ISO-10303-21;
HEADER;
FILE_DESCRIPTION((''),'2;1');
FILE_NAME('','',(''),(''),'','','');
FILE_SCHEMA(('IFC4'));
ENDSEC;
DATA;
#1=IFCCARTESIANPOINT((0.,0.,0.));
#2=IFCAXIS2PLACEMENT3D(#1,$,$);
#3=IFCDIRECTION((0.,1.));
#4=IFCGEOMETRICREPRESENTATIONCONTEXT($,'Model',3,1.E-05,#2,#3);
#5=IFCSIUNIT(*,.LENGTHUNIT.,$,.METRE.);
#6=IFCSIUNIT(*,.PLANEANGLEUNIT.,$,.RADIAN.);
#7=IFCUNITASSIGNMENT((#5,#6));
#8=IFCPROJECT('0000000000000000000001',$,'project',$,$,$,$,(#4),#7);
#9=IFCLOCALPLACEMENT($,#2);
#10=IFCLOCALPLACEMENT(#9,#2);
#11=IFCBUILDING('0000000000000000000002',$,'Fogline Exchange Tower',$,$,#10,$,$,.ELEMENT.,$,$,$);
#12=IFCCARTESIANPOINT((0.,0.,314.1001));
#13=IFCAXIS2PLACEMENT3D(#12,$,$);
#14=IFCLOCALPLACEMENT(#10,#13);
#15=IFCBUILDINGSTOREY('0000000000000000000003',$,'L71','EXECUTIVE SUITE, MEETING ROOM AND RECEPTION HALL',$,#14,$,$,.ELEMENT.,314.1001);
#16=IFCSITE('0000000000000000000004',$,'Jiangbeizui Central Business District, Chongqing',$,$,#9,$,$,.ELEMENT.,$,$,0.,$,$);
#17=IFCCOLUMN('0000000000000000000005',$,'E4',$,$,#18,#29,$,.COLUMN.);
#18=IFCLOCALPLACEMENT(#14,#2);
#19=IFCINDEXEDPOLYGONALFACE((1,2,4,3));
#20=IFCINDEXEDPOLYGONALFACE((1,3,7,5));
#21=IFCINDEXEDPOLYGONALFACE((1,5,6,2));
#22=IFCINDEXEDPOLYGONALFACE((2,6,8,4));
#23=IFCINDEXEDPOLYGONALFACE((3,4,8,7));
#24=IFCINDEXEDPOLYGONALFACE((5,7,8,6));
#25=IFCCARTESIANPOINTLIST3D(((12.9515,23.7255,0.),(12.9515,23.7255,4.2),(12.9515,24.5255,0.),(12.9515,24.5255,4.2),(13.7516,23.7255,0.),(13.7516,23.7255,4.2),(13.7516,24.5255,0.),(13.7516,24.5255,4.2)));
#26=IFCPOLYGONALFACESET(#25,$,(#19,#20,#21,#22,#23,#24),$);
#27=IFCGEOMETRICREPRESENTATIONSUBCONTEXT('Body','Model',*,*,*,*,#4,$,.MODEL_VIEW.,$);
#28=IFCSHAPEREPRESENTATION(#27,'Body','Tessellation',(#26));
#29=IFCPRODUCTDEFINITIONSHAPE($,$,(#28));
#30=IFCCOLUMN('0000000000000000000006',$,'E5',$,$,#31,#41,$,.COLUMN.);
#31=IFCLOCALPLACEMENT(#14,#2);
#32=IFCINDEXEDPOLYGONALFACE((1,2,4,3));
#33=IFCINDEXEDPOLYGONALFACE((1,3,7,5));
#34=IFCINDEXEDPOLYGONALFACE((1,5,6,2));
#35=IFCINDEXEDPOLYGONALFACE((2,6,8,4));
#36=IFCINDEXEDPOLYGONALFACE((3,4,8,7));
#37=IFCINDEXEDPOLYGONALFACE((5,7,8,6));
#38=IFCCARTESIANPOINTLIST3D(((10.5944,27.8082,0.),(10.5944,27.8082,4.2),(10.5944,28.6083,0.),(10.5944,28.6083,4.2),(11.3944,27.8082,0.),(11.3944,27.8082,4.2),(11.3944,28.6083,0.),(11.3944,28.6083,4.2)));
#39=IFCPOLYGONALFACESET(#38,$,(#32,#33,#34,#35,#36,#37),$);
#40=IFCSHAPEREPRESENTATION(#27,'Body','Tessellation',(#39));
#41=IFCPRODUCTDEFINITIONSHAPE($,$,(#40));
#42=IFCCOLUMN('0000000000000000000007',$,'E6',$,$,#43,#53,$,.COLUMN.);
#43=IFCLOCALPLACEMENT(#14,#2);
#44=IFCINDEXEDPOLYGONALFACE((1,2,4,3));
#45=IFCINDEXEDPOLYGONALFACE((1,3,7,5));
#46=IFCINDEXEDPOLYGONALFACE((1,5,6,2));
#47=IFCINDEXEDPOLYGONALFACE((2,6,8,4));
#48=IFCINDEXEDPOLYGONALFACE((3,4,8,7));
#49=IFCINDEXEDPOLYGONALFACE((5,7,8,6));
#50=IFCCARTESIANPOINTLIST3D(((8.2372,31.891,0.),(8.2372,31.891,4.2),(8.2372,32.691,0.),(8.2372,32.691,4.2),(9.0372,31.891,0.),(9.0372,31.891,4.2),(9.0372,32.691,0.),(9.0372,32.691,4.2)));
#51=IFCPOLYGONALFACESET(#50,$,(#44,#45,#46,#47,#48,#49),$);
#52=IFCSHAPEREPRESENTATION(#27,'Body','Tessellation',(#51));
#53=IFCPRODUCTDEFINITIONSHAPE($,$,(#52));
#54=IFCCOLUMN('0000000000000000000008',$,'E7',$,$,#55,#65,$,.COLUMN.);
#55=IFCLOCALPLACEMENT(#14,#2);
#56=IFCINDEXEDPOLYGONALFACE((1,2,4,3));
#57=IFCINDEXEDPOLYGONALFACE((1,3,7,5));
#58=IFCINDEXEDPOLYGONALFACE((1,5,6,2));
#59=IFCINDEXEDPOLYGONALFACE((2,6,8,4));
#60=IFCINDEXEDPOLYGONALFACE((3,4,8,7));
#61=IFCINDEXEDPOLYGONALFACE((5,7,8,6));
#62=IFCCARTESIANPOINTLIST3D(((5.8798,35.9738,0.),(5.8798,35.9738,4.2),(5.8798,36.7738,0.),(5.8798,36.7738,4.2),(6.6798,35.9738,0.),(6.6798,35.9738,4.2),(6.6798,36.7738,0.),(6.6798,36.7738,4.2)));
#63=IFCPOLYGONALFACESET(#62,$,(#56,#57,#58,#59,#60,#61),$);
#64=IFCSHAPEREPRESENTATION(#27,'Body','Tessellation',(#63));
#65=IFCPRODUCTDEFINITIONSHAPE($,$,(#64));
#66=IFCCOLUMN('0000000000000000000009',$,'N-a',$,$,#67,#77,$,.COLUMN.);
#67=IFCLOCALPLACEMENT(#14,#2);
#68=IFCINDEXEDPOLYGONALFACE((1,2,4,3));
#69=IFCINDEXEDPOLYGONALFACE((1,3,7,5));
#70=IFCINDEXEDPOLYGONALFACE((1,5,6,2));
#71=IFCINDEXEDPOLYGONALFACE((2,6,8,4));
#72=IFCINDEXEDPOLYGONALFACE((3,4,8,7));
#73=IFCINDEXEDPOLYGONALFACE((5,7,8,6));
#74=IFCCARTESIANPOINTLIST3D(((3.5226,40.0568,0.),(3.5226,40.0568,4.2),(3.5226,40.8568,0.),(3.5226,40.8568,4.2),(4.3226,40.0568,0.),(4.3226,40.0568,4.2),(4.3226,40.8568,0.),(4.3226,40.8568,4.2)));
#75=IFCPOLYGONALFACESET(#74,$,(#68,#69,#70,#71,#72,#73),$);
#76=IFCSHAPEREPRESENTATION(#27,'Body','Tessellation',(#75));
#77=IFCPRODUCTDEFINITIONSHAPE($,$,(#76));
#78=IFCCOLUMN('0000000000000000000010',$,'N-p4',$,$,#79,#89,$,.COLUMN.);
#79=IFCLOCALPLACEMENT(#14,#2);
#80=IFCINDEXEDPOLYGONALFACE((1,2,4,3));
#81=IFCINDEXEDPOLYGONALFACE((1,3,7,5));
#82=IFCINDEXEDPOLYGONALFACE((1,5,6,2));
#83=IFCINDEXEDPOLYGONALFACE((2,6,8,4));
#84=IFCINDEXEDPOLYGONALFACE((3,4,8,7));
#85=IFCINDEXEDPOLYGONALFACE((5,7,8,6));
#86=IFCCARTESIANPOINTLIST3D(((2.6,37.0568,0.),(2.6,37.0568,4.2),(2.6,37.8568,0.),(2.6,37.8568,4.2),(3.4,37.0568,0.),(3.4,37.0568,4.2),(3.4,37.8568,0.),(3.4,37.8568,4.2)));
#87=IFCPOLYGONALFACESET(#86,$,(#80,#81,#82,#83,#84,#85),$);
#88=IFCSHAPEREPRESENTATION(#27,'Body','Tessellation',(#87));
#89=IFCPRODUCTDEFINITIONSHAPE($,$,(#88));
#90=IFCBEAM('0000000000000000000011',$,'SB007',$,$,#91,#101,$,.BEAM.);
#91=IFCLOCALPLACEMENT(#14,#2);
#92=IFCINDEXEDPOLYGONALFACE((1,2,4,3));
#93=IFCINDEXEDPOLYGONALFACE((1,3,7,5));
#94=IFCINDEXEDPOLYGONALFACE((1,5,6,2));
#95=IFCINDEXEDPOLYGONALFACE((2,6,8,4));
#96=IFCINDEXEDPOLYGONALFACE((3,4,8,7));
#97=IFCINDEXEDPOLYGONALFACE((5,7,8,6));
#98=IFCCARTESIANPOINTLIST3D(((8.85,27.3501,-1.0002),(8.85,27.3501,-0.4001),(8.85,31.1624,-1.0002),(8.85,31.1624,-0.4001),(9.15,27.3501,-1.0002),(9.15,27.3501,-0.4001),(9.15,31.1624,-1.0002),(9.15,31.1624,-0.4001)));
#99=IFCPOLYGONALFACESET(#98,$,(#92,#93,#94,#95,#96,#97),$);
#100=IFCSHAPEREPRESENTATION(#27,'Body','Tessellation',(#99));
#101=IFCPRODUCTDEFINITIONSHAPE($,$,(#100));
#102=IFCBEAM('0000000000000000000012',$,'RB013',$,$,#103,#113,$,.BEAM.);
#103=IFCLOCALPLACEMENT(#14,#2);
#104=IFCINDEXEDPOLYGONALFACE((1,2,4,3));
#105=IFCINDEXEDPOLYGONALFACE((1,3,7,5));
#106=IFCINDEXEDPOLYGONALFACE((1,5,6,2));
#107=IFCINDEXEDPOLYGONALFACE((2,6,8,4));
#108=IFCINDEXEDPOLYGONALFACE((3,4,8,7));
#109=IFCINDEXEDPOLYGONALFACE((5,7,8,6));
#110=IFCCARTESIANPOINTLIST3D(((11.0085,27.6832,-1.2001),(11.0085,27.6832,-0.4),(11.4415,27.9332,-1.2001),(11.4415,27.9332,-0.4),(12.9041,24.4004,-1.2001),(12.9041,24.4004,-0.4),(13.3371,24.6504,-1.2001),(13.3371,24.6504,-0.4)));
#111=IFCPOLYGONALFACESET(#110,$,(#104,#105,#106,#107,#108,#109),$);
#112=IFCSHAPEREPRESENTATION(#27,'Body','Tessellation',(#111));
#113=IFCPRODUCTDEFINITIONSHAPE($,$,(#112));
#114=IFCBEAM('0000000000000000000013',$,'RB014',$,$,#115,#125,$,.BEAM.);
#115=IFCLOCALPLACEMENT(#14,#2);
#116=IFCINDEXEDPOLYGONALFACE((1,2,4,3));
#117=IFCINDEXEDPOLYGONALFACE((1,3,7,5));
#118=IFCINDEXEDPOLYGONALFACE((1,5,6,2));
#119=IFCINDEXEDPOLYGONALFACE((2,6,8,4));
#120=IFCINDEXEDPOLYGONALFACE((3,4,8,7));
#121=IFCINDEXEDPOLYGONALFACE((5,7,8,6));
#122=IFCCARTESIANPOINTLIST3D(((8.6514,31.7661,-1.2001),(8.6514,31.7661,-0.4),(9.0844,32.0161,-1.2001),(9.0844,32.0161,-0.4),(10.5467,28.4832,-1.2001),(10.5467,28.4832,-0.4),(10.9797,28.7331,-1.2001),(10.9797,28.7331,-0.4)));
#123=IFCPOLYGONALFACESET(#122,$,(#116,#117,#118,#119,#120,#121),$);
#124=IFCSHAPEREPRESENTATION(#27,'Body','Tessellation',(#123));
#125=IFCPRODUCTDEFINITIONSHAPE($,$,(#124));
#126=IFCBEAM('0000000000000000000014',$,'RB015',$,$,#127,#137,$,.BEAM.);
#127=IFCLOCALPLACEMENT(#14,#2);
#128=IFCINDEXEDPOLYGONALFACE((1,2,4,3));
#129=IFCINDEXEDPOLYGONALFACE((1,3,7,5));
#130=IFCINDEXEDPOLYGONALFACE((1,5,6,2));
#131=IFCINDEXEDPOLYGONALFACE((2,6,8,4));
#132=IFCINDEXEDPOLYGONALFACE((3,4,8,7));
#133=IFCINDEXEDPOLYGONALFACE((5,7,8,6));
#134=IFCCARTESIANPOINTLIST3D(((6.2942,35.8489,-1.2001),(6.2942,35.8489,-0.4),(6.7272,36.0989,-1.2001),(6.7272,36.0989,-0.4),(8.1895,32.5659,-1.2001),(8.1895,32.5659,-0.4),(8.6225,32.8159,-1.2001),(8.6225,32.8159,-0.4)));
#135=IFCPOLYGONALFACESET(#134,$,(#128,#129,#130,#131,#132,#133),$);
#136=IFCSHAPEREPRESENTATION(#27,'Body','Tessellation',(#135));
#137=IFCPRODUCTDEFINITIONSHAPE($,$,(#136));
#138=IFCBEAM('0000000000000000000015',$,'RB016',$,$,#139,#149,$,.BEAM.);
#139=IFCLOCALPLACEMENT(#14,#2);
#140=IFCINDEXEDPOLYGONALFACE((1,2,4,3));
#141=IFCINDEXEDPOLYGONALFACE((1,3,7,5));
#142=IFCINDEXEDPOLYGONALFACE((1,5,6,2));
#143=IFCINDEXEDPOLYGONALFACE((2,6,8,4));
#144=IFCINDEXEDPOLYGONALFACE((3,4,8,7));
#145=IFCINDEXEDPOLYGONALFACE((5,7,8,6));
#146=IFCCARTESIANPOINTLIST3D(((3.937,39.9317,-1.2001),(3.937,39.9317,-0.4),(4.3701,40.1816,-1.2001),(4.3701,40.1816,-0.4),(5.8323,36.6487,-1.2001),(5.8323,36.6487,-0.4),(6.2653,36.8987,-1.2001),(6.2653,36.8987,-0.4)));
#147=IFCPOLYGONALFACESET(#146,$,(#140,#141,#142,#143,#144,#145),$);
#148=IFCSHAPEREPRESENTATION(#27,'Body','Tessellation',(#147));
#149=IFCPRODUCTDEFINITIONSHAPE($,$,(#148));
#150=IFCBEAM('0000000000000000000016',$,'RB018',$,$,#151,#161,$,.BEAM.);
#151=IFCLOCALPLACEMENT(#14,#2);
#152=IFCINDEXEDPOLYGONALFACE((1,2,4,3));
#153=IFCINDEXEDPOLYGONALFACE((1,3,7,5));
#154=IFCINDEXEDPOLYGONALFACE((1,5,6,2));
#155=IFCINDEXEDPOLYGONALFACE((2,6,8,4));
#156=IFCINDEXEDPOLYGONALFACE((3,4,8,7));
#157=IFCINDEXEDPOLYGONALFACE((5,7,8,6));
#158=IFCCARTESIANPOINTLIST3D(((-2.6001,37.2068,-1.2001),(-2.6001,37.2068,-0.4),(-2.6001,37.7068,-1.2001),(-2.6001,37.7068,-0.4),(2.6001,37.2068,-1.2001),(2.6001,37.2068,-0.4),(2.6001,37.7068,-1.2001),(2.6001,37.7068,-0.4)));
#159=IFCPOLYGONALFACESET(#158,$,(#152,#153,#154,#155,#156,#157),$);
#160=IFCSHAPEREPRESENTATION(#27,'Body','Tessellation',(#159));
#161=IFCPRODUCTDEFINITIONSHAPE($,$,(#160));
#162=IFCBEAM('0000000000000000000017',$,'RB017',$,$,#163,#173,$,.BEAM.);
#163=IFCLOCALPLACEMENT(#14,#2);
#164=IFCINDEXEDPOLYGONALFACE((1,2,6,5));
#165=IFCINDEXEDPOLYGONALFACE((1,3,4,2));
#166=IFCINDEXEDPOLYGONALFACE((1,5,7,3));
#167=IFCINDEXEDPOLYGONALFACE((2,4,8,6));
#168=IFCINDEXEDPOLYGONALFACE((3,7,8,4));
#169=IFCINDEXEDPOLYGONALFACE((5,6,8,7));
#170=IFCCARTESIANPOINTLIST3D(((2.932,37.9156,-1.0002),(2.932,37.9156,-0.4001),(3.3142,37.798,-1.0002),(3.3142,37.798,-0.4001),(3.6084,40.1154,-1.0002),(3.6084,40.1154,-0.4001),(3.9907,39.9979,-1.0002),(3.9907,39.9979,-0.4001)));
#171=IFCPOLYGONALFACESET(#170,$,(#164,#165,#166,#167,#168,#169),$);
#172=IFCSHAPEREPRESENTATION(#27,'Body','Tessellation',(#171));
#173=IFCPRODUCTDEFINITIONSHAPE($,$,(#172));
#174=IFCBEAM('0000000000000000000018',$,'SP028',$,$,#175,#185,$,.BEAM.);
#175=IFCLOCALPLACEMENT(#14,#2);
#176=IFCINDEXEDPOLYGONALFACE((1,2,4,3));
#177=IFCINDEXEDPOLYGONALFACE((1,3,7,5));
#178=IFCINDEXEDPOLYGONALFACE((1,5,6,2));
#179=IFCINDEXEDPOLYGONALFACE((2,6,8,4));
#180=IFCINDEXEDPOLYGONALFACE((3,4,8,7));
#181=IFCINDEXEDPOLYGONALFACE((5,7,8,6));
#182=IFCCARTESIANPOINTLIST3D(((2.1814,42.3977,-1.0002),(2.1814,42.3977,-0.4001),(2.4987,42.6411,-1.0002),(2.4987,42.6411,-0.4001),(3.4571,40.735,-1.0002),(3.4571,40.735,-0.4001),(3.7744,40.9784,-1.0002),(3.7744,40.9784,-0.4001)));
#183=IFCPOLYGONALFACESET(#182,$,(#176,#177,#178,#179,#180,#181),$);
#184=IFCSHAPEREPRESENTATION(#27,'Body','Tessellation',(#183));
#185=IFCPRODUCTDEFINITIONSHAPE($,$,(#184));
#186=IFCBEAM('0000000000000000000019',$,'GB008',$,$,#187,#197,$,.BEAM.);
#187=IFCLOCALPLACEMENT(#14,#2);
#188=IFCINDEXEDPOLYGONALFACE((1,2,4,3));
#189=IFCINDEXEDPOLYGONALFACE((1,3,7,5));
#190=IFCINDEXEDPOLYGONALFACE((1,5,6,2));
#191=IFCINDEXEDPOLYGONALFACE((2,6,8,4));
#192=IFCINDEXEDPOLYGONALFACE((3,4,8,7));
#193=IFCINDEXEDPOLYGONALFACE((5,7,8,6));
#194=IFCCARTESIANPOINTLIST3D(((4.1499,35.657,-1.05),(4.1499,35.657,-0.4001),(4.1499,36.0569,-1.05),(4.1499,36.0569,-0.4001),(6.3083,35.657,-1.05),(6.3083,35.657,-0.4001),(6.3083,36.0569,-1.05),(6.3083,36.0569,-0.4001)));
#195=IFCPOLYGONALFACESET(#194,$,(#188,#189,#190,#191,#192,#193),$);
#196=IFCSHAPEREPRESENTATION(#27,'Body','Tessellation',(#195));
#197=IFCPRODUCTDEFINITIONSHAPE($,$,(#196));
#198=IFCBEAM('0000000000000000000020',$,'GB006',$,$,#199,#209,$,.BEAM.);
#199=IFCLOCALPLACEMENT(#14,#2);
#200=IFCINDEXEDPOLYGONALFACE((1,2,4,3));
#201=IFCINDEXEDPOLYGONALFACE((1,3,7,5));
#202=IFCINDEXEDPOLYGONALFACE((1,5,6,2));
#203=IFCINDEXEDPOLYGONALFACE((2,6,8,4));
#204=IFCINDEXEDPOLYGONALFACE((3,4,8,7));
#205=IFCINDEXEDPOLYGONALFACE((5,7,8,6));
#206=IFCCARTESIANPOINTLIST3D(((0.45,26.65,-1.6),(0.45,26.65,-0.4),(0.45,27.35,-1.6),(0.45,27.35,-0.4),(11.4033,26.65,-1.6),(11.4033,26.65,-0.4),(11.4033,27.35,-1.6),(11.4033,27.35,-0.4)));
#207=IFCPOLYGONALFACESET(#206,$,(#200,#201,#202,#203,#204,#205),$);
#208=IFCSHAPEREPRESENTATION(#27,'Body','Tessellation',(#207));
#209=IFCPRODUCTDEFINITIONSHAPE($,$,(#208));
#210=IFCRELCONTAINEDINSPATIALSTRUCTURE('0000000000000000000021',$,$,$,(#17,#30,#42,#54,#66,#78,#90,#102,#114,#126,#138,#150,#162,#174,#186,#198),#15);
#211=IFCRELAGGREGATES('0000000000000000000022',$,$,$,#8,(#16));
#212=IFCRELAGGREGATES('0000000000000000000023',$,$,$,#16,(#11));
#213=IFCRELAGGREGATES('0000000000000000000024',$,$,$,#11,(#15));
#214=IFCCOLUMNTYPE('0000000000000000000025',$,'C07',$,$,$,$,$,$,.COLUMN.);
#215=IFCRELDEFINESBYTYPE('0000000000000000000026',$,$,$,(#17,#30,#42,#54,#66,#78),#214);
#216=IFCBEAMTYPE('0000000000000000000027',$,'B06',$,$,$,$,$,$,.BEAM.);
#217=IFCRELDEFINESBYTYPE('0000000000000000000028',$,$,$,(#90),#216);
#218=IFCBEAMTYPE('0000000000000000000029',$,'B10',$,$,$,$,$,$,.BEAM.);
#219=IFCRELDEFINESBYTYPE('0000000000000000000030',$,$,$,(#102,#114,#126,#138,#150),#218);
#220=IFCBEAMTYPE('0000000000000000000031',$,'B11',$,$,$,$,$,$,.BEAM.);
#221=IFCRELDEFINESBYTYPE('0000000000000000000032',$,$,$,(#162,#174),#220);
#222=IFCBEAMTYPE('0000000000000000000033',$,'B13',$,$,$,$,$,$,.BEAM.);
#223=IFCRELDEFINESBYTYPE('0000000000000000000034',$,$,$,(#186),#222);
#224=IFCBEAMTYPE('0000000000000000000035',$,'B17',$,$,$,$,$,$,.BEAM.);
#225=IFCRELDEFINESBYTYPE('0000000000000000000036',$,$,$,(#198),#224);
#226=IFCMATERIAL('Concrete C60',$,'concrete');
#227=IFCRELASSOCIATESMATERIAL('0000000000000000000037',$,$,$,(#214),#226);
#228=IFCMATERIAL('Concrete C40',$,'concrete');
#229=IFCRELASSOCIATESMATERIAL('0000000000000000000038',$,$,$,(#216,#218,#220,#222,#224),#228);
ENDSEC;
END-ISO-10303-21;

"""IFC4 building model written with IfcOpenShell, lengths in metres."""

from ifc_helpers import new_model, si_unit, direction, frame, origin, origin_2d, place, context, subcontext, project, spatial, rectangle, extrude, material, material_profile, profile_set, type_object, element, save


model = new_model("IFC4")

# Units and contexts
model_context = context("Model", 3, precision=1e-05, world=origin(), true_north=direction((0.0, 1.0)))
body_context = subcontext(model_context, "Body", "Model", "MODEL_VIEW")
ifc_project = project(units=[si_unit("LENGTHUNIT", "METRE"), si_unit("PLANEANGLEUNIT", "RADIAN")], contexts=[model_context])

# Site, building, storey
site_placement = place(None, origin())
site = spatial("IfcSite", under=ifc_project, at=site_placement, Name="Jiangbeizui Central Business District, Chongqing", CompositionType="ELEMENT", RefElevation=0.0)
building_placement = place(site_placement, origin())
building = spatial("IfcBuilding", under=site, at=building_placement, Name="Fogline Exchange Tower", CompositionType="ELEMENT")
storey_placement = place(building_placement, frame((0.0, 0.0, 314.1001)))
storey = spatial("IfcBuildingStorey", under=building, at=storey_placement, Name="L71", Description="EXECUTIVE SUITE, MEETING ROOM AND RECEPTION HALL", CompositionType="ELEMENT", Elevation=314.1001)

# Columns
ifc_material_1 = material(Name="Concrete C60", Category="concrete")
ifc_material_profile_1 = material_profile(ifc_material_1, rectangle(XDim=0.8, YDim=0.8, at=origin_2d()), Name="RC 800x800")
ifc_profile_set_1 = profile_set([ifc_material_profile_1], Name="Concrete C60")
column_type = type_object("IfcColumnType", Name="C07", PredefinedType="COLUMN", material=ifc_profile_set_1)
for number, where, z_axis, x_axis, name in (
    (1, (13.3516, 24.1255, 0.0), (0.0, 0.0, 1.0), (1.0, 0.0, 0.0), "E4"),
    (2, (10.9944, 28.2083, 0.0), (0.0, 0.0, 1.0), (1.0, 0.0, 0.0), "E5"),
    (3, (8.6372, 32.291, 0.0), (0.0, 0.0, 1.0), (1.0, 0.0, 0.0), "E6"),
    (4, (6.2798, 36.3738, 0.0), (0.0, 0.0, 1.0), (1.0, 0.0, 0.0), "E7"),
    (5, (3.9226, 40.4568, 0.0), (0.0, 0.0, 1.0), (1.0, 0.0, 0.0), "N-a"),
    (6, (3.0, 37.4568, 0.0), (0.0, 0.0, 1.0), (1.0, 0.0, 0.0), "N-p4"),
):
    element("IfcColumn", number, at=place(storey_placement, frame(where, z_axis=z_axis, x_axis=x_axis)), inside=storey, type_object=column_type, Name=name, PredefinedType="COLUMN", context=body_context, shape_type="SweptSolid", body=[
        extrude(rectangle(XDim=0.8, YDim=0.8, at=origin_2d()), origin(), (0.0, 0.0, 1.0), 4.2),
    ])

# Beams
ifc_material_2 = material(Name="Concrete C40", Category="concrete")
ifc_material_profile_2 = material_profile(ifc_material_2, rectangle(XDim=0.3, YDim=0.6001, at=origin_2d()), Name="RC 300x600")
ifc_profile_set_2 = profile_set([ifc_material_profile_2], Name="Concrete C40")
beam_type_1 = type_object("IfcBeamType", Name="B06", PredefinedType="BEAM", material=ifc_profile_set_2)
beam_1_placement = place(storey_placement, frame((9.0, 27.3501, -0.7002), z_axis=(0.0, 1.0, 0.0), x_axis=(-1.0, 0.0, 0.0)))
element("IfcBeam", 7, at=beam_1_placement, inside=storey, type_object=beam_type_1, Name="SB007", PredefinedType="BEAM", context=body_context, shape_type="SweptSolid", body=[
    extrude(rectangle(XDim=0.3, YDim=0.6001, at=origin_2d()), origin(), (0.0, 0.0, 1.0), 3.8123),
])
ifc_material_profile_3 = material_profile(ifc_material_2, rectangle(XDim=0.5, YDim=0.8, at=origin_2d()), Name="RC 500x800")
ifc_profile_set_3 = profile_set([ifc_material_profile_3], Name="Concrete C40")
beam_type_2 = type_object("IfcBeamType", Name="B10", PredefinedType="BEAM", material=ifc_profile_set_3)
for number, where, z_axis, x_axis, name in (
    (8, (13.1206, 24.5254, -0.8), (-0.500046, 0.865999, 0.0), (-0.865999, -0.500046, 0.0), "RB013"),
    (9, (10.7632, 28.6082, -0.8), (-0.49997, 0.866043, 0.0), (-0.866043, -0.49997, 0.0), "RB014"),
    (10, (8.406, 32.6909, -0.8), (-0.49997, 0.866043, 0.0), (-0.866043, -0.49997, 0.0), "RB015"),
    (11, (6.0488, 36.7737, -0.8), (-0.49997, 0.866043, 0.0), (-0.866043, -0.49997, 0.0), "RB016"),
):
    element("IfcBeam", number, at=place(storey_placement, frame(where, z_axis=z_axis, x_axis=x_axis)), inside=storey, type_object=beam_type_2, Name=name, PredefinedType="BEAM", context=body_context, shape_type="SweptSolid", body=[
        extrude(rectangle(XDim=0.5, YDim=0.8, at=origin_2d()), origin(), (0.0, 0.0, 1.0), 3.7908),
    ])
beam_2_placement = place(storey_placement, frame((2.6001, 37.4568, -0.8), z_axis=(-1.0, 0.0, 0.0), x_axis=(0.0, -1.0, 0.0)))
element("IfcBeam", 12, at=beam_2_placement, inside=storey, type_object=beam_type_2, Name="RB018", PredefinedType="BEAM", context=body_context, shape_type="SweptSolid", body=[
    extrude(rectangle(XDim=0.5, YDim=0.8, at=origin_2d()), origin(), (0.0, 0.0, 1.0), 5.2002),
])
ifc_material_profile_4 = material_profile(ifc_material_2, rectangle(XDim=0.3999, YDim=0.6001, at=origin_2d()), Name="RC 400x600")
ifc_profile_set_4 = profile_set([ifc_material_profile_4], Name="Concrete C40")
beam_type_3 = type_object("IfcBeamType", Name="B11", PredefinedType="BEAM", material=ifc_profile_set_4)
beam_3_placement = place(storey_placement, frame((3.7996, 40.0566, -0.7002), z_axis=(-0.293929, -0.955827, 0.0), x_axis=(0.955827, -0.293929, 0.0)))
element("IfcBeam", 13, at=beam_3_placement, inside=storey, type_object=beam_type_3, Name="RB017", PredefinedType="BEAM", context=body_context, shape_type="SweptSolid", body=[
    extrude(rectangle(XDim=0.3999, YDim=0.6001, at=origin_2d()), origin(), (0.0, 0.0, 1.0), 2.3015),
])
beam_4_placement = place(storey_placement, frame((3.6157, 40.8567, -0.7002), z_axis=(-0.608725, 0.793381, 0.0), x_axis=(-0.793381, -0.608725, 0.0)))
element("IfcBeam", 14, at=beam_4_placement, inside=storey, type_object=beam_type_3, Name="SP028", PredefinedType="BEAM", context=body_context, shape_type="SweptSolid", body=[
    extrude(rectangle(XDim=0.3999, YDim=0.6001, at=origin_2d()), origin(), (0.0, 0.0, 1.0), 2.0957),
])
ifc_material_profile_5 = material_profile(ifc_material_2, rectangle(XDim=0.3999, YDim=0.6499, at=origin_2d()), Name="RC 400x650")
ifc_profile_set_5 = profile_set([ifc_material_profile_5], Name="Concrete C40")
beam_type_4 = type_object("IfcBeamType", Name="B13", PredefinedType="BEAM", material=ifc_profile_set_5)
beam_5_placement = place(storey_placement, frame((4.1499, 35.8569, -0.7251), z_axis=(1.0, 0.0, 0.0), x_axis=(0.0, 1.0, 0.0)))
element("IfcBeam", 15, at=beam_5_placement, inside=storey, type_object=beam_type_4, Name="GB008", PredefinedType="BEAM", context=body_context, shape_type="SweptSolid", body=[
    extrude(rectangle(XDim=0.3999, YDim=0.6499, at=origin_2d()), origin(), (0.0, 0.0, 1.0), 2.1584),
])
ifc_material_profile_6 = material_profile(ifc_material_2, rectangle(XDim=0.7, YDim=1.2, at=origin_2d()), Name="RC 700x1200")
ifc_profile_set_6 = profile_set([ifc_material_profile_6], Name="Concrete C40")
beam_type_5 = type_object("IfcBeamType", Name="B17", PredefinedType="BEAM", material=ifc_profile_set_6)
beam_6_placement = place(storey_placement, frame((0.45, 27.0, -1.0), z_axis=(1.0, 0.0, 0.0), x_axis=(0.0, 1.0, 0.0)))
element("IfcBeam", 16, at=beam_6_placement, inside=storey, type_object=beam_type_5, Name="GB006", PredefinedType="BEAM", context=body_context, shape_type="SweptSolid", body=[
    extrude(rectangle(XDim=0.7, YDim=1.2, at=origin_2d()), origin(), (0.0, 0.0, 1.0), 10.9534),
])

save(model, "model.ifc")
